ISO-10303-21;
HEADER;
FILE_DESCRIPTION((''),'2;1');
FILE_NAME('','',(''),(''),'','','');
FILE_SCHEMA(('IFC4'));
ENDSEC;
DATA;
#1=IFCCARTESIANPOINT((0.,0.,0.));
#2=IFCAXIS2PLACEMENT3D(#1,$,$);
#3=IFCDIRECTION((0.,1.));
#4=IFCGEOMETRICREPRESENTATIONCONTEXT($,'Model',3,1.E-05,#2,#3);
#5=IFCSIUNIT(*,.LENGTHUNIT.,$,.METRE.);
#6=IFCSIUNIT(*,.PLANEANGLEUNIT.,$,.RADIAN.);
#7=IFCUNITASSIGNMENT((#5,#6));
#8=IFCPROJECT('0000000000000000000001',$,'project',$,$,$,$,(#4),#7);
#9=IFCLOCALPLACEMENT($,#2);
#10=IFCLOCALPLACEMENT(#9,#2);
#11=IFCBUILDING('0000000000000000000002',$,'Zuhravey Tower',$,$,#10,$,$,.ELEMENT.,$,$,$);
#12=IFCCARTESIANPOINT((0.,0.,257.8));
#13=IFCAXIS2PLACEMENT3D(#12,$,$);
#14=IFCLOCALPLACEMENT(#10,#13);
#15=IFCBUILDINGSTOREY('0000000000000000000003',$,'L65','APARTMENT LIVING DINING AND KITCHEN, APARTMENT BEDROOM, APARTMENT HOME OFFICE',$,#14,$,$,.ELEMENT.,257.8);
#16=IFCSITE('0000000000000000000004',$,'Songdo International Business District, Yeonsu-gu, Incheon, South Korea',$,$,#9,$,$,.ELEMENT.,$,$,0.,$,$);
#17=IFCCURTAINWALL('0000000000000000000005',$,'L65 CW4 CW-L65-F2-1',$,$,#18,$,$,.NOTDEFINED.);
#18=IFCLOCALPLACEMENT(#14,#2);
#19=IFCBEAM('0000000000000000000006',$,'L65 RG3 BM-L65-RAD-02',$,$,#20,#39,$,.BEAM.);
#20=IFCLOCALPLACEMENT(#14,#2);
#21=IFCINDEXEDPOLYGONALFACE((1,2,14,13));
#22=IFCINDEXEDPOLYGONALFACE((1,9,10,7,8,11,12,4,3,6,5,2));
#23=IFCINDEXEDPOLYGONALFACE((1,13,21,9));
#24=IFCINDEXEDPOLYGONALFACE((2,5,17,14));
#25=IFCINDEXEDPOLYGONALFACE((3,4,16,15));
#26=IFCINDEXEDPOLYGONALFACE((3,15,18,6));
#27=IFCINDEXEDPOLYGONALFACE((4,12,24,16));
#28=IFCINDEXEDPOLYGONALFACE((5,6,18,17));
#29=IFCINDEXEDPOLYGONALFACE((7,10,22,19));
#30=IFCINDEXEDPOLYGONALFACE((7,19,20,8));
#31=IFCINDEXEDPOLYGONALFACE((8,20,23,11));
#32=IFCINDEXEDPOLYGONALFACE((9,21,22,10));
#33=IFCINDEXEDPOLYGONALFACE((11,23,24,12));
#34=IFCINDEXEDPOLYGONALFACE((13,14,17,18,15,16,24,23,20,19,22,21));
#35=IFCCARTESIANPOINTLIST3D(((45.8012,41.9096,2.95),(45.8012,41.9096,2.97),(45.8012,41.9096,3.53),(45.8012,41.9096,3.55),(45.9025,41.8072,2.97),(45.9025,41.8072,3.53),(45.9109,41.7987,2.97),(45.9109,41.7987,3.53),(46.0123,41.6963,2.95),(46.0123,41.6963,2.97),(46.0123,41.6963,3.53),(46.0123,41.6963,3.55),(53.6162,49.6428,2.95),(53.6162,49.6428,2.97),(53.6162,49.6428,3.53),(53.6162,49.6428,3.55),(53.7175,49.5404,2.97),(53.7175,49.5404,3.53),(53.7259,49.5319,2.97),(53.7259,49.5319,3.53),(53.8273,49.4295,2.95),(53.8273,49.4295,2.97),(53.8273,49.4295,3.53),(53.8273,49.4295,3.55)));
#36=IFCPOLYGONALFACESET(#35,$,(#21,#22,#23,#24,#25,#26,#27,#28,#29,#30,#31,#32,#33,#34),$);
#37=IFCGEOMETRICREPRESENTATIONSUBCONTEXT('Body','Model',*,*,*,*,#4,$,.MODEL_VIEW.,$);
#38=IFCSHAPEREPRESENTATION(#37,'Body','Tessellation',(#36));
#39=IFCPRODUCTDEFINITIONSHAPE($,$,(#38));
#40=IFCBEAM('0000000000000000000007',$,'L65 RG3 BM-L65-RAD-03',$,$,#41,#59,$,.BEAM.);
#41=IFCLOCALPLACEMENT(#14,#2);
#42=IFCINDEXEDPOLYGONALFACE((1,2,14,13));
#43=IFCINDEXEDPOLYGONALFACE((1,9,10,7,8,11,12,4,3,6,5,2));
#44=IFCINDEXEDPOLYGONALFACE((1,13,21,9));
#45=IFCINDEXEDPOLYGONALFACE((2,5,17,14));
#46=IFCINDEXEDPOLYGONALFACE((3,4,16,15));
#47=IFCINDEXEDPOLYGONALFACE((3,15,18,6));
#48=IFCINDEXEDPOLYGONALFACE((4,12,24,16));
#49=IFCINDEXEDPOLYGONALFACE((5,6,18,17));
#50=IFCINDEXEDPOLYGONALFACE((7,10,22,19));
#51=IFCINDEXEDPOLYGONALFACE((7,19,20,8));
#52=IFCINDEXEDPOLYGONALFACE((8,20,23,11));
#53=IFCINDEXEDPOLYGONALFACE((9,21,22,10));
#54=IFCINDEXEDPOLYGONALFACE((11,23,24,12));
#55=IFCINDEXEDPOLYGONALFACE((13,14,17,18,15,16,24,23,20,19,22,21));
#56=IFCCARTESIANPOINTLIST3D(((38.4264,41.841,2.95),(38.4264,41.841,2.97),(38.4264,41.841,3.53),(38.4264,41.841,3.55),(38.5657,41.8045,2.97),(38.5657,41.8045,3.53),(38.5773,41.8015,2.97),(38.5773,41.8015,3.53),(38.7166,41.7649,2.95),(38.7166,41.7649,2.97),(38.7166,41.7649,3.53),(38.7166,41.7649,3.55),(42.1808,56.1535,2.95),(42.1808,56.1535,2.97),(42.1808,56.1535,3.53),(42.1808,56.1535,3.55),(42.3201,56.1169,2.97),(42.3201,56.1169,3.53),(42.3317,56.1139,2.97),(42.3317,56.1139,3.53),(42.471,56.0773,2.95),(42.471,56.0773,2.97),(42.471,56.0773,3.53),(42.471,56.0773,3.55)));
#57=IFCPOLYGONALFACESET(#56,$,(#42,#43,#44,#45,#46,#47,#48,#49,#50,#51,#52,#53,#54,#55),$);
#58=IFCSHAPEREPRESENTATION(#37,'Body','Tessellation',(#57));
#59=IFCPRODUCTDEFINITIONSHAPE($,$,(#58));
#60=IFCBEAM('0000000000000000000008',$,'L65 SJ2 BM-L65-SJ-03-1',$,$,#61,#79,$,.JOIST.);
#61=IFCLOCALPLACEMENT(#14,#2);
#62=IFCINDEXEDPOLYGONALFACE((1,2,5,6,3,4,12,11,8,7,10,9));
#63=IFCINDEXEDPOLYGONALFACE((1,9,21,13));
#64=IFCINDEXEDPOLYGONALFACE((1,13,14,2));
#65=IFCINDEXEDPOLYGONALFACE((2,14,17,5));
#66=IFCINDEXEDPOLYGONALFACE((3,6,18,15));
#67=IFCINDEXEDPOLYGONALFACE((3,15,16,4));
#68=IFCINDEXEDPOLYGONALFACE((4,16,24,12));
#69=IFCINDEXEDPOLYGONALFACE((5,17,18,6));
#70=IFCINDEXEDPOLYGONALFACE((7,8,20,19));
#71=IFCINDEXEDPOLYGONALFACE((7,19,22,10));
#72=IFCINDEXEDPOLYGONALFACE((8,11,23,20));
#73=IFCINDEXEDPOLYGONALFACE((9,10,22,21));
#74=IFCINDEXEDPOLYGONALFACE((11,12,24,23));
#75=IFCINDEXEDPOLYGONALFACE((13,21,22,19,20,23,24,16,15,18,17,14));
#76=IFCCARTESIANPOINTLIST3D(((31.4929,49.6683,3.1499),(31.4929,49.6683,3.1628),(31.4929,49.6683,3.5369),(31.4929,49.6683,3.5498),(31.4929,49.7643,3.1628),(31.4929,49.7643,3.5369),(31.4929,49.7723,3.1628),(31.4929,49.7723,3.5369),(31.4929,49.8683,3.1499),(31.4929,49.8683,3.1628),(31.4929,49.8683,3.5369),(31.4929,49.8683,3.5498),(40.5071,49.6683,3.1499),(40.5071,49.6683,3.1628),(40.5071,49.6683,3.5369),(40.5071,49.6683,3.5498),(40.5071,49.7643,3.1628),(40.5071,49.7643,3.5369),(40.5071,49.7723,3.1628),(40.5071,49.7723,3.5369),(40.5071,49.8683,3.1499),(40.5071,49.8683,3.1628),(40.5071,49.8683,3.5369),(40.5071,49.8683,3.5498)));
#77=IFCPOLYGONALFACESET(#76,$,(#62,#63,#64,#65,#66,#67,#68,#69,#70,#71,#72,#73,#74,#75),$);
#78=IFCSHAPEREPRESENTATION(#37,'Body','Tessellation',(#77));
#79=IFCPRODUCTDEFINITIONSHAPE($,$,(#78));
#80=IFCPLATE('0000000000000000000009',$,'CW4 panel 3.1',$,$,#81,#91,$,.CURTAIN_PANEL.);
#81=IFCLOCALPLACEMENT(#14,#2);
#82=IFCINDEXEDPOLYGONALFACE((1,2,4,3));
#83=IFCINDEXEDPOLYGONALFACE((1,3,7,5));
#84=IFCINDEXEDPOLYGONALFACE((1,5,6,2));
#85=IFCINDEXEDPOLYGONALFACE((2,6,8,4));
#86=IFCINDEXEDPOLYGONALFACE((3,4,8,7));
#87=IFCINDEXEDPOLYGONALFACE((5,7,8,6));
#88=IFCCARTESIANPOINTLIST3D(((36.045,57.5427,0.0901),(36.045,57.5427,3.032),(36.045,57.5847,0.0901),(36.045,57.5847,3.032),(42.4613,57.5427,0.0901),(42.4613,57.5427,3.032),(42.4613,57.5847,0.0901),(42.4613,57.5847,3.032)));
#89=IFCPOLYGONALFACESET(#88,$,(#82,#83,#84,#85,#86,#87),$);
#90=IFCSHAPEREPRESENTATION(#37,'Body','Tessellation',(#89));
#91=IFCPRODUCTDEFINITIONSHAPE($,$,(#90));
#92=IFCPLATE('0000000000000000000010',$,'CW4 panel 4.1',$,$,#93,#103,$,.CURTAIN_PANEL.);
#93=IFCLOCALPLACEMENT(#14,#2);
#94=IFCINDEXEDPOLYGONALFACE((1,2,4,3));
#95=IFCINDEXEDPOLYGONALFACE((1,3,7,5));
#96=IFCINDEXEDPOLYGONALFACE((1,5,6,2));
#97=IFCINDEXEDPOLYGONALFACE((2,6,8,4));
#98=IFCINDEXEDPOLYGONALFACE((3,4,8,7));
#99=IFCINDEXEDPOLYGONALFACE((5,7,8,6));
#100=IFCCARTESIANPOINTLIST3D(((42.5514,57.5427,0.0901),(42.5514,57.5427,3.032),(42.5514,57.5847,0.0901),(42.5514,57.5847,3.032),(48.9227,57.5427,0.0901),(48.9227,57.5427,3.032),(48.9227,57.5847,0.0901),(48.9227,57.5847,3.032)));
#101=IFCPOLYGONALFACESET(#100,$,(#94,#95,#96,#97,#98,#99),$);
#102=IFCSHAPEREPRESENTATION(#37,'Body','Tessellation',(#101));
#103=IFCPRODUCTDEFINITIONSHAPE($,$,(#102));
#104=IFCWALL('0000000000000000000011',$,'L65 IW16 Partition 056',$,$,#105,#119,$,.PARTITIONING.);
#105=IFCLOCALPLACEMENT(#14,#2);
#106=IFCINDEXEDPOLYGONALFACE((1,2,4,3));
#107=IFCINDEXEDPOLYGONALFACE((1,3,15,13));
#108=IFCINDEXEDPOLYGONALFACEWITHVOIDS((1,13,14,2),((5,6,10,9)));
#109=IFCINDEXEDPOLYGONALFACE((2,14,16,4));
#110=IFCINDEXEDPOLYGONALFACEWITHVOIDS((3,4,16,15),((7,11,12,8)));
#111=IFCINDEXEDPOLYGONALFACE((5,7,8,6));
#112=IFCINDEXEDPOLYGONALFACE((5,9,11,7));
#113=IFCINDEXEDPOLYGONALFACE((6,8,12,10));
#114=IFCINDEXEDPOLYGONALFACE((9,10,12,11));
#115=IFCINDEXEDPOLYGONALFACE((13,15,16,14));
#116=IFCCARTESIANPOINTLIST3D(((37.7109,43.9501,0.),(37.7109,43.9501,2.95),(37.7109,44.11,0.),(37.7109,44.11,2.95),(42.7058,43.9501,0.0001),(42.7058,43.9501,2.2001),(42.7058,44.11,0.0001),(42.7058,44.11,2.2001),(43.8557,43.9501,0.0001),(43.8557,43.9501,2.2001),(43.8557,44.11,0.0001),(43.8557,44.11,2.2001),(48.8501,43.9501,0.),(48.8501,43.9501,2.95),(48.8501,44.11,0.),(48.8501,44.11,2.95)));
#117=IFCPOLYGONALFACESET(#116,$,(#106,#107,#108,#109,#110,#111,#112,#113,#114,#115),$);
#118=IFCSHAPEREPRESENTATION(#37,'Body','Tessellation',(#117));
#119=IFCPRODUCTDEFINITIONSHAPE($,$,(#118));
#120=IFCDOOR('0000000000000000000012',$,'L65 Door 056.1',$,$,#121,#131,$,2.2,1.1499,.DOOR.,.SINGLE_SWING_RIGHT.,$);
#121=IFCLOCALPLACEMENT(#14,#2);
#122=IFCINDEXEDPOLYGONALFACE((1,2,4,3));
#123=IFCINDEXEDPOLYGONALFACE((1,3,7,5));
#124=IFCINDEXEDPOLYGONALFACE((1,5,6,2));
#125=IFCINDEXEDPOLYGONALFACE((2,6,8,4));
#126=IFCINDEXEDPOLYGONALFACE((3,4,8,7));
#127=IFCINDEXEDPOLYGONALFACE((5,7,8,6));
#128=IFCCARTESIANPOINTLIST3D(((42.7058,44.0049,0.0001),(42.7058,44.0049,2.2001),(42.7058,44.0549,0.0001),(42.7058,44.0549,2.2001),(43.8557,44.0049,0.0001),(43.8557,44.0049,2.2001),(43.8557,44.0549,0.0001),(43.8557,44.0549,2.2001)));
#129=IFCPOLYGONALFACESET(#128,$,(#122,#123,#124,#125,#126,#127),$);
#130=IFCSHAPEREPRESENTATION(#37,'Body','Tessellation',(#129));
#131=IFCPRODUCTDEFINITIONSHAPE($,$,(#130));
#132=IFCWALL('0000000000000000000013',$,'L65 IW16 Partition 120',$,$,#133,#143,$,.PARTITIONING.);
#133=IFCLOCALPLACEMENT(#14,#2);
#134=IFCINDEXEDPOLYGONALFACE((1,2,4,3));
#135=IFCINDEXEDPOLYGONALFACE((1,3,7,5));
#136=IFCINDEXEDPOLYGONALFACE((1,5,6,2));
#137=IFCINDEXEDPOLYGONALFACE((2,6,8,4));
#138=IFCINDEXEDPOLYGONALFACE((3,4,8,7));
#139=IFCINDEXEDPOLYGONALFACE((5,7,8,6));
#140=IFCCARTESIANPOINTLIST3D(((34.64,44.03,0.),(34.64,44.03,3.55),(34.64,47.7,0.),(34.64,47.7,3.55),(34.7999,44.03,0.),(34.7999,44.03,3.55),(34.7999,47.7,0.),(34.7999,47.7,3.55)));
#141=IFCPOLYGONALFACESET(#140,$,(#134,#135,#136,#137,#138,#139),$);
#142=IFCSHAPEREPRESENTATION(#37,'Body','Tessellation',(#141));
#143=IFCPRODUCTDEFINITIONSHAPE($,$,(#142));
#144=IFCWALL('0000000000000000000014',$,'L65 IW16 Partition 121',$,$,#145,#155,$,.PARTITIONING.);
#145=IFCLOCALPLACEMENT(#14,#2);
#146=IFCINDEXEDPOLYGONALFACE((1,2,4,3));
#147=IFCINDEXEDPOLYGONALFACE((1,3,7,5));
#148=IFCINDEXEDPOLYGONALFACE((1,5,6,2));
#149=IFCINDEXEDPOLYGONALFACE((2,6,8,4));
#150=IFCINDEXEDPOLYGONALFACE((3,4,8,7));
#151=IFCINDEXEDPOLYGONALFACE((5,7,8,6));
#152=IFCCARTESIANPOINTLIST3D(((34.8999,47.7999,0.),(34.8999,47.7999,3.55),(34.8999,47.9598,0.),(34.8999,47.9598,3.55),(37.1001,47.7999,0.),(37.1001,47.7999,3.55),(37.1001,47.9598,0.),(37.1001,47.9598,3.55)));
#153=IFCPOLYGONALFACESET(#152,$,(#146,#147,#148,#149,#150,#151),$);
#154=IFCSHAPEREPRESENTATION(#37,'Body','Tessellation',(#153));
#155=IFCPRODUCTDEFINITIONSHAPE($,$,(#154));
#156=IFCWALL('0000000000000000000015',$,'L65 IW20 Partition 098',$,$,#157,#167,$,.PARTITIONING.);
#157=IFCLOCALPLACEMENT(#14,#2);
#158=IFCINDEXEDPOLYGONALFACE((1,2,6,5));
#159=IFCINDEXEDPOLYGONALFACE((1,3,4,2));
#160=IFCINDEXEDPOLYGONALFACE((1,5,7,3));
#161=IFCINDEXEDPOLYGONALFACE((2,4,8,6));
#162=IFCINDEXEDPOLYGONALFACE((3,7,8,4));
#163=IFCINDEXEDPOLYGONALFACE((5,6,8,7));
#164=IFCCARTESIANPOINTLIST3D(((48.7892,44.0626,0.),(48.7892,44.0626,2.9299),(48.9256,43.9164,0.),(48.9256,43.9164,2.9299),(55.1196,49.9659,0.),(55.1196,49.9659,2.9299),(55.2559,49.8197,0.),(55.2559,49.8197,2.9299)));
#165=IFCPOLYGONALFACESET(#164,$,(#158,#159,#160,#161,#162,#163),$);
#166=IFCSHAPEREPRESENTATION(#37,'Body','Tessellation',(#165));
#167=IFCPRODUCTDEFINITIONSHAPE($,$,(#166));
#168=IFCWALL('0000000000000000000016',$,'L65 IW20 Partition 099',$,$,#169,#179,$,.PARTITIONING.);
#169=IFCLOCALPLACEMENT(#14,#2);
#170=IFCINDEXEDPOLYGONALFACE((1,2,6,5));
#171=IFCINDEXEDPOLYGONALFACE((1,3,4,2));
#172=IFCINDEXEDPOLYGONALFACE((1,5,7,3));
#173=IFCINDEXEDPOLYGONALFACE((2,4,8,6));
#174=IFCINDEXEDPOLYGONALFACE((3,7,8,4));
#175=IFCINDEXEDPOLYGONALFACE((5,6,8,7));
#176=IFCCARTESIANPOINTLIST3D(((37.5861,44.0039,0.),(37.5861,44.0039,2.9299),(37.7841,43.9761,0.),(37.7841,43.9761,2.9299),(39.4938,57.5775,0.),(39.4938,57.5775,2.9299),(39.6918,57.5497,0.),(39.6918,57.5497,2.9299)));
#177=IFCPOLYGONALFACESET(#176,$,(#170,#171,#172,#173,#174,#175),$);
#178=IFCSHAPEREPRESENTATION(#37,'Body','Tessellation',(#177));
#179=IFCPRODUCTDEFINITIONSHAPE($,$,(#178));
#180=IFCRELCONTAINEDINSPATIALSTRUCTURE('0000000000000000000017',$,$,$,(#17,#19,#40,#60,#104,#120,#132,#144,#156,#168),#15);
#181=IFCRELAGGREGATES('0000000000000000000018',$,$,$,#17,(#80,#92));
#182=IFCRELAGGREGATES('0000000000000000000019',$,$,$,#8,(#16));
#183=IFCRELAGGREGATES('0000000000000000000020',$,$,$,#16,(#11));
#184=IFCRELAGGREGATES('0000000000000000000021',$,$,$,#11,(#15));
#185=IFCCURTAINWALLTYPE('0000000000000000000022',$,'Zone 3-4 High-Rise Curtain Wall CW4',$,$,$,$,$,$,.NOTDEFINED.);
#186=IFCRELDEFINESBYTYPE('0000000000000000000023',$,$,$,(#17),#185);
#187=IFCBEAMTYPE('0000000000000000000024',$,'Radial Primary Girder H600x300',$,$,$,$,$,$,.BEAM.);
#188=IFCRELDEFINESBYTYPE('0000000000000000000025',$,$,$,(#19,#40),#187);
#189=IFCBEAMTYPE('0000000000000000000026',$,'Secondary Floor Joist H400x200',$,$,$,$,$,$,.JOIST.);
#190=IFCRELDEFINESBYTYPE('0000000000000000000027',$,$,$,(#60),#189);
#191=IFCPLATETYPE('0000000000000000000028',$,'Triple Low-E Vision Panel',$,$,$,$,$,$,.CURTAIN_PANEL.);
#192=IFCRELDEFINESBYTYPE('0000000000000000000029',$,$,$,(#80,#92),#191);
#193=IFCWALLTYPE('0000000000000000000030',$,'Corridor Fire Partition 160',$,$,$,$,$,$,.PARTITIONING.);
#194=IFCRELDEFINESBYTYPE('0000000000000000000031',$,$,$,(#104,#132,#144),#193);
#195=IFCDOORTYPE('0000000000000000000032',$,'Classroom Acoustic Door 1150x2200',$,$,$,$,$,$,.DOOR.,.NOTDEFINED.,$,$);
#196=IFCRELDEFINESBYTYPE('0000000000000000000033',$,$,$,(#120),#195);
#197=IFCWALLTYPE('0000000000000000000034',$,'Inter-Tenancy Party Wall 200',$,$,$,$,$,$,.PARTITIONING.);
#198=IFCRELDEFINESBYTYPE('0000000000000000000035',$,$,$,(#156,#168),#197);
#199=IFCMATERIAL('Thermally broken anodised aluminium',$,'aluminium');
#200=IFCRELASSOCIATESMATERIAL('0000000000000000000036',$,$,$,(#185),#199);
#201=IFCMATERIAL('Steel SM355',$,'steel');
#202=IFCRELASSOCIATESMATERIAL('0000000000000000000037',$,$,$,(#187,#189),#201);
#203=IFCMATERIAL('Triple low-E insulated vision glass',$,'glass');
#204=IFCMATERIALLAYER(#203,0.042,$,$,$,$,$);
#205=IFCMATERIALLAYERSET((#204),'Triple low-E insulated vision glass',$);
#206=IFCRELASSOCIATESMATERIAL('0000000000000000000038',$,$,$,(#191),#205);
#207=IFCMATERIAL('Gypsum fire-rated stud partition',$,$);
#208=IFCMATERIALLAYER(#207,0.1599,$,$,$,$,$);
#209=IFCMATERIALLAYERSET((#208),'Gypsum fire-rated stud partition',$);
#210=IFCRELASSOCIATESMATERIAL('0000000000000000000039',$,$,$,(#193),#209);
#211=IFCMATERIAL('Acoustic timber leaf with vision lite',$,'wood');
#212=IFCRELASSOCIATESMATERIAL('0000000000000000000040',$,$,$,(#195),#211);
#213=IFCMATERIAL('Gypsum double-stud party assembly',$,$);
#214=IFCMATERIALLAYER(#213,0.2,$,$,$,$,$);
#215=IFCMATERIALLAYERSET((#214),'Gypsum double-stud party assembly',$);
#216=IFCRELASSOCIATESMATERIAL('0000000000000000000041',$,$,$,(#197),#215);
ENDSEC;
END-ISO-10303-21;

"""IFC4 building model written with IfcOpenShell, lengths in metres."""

from ifc_helpers import new_model, si_unit, direction, frame, frame_2d, origin, origin_2d, place, context, subcontext, project, spatial, rectangle, i_section, extrude, material, layer, layer_set, material_profile, profile_set, type_object, element, fill, aggregate, save


model = new_model("IFC4")

# Units and contexts
model_context = context("Model", 3, precision=1e-05, world=origin(), true_north=direction((0.0, 1.0)))
body_context = subcontext(model_context, "Body", "Model", "MODEL_VIEW")
ifc_project = project(units=[si_unit("LENGTHUNIT", "METRE"), si_unit("PLANEANGLEUNIT", "RADIAN")], contexts=[model_context])

# Site, building, storey
site_placement = place(None, origin())
site = spatial("IfcSite", under=ifc_project, at=site_placement, Name="Songdo International Business District, Yeonsu-gu, Incheon, South Korea", CompositionType="ELEMENT", RefElevation=0.0)
building_placement = place(site_placement, origin())
building = spatial("IfcBuilding", under=site, at=building_placement, Name="Zuhravey Tower", CompositionType="ELEMENT")
storey_placement = place(building_placement, frame((0.0, 0.0, 257.8)))
storey = spatial("IfcBuildingStorey", under=building, at=storey_placement, Name="L65", Description="APARTMENT LIVING DINING AND KITCHEN, APARTMENT BEDROOM, APARTMENT HOME OFFICE", CompositionType="ELEMENT", Elevation=257.8)

# Curtain wall
ifc_material_1 = material(Name="Thermally broken anodised aluminium", Category="aluminium")
curtain_wall_type = type_object("IfcCurtainWallType", Name="Zone 3-4 High-Rise Curtain Wall CW4", PredefinedType="NOTDEFINED", material=ifc_material_1)
curtain_wall_placement = place(storey_placement, origin())
curtain_wall = element("IfcCurtainWall", 1, at=curtain_wall_placement, inside=storey, type_object=curtain_wall_type, Name="L65 CW4 CW-L65-F2-1", PredefinedType="NOTDEFINED")

# Beams
ifc_material_2 = material(Name="Steel SM355", Category="steel")
ifc_material_profile_1 = material_profile(ifc_material_2, i_section(OverallWidth=0.3, OverallDepth=0.6001, WebThickness=0.012, FlangeThickness=0.02, at=origin_2d()), Name="H-600x300x12x20")
ifc_profile_set_1 = profile_set([ifc_material_profile_1], Name="Steel SM355")
beam_type_1 = type_object("IfcBeamType", Name="Radial Primary Girder H600x300", PredefinedType="BEAM", material=ifc_profile_set_1)
beam_1_placement = place(storey_placement, frame((45.9067, 41.803, 3.25), z_axis=(0.710817, 0.703377, 0.0), x_axis=(-0.703377, 0.710817, 0.0)))
element("IfcBeam", 2, at=beam_1_placement, inside=storey, type_object=beam_type_1, Name="L65 RG3 BM-L65-RAD-02", PredefinedType="BEAM", context=body_context, shape_type="SweptSolid", body=[
    extrude(i_section(OverallWidth=0.3, OverallDepth=0.6001, WebThickness=0.012, FlangeThickness=0.02, at=origin_2d()), origin(), (0.0, 0.0, 1.0), 10.9944),
])
beam_2_placement = place(storey_placement, frame((38.5715, 41.803, 3.25), z_axis=(0.253731, 0.967275, 0.0), x_axis=(-0.967275, 0.253731, 0.0)))
element("IfcBeam", 3, at=beam_2_placement, inside=storey, type_object=beam_type_1, Name="L65 RG3 BM-L65-RAD-03", PredefinedType="BEAM", context=body_context, shape_type="SweptSolid", body=[
    extrude(i_section(OverallWidth=0.3, OverallDepth=0.6001, WebThickness=0.012, FlangeThickness=0.02, at=origin_2d()), origin(), (0.0, 0.0, 1.0), 14.7966),
])
ifc_material_profile_2 = material_profile(ifc_material_2, i_section(OverallWidth=0.2, OverallDepth=0.3999, WebThickness=0.0081, FlangeThickness=0.0129, at=origin_2d()), Name="H-400x200x8x13")
ifc_profile_set_2 = profile_set([ifc_material_profile_2], Name="Steel SM355")
beam_type_2 = type_object("IfcBeamType", Name="Secondary Floor Joist H400x200", PredefinedType="JOIST", material=ifc_profile_set_2)
beam_3_placement = place(storey_placement, frame((40.5071, 49.7683, 3.3499), z_axis=(-1.0, 0.0, 0.0), x_axis=(0.0, -1.0, 0.0)))
element("IfcBeam", 4, at=beam_3_placement, inside=storey, type_object=beam_type_2, Name="L65 SJ2 BM-L65-SJ-03-1", PredefinedType="JOIST", context=body_context, shape_type="SweptSolid", body=[
    extrude(i_section(OverallWidth=0.2, OverallDepth=0.3999, WebThickness=0.0081, FlangeThickness=0.0129, at=origin_2d()), origin(), (0.0, 0.0, 1.0), 9.0142),
])

# Plates
ifc_material_3 = material(Name="Triple low-E insulated vision glass", Category="glass")
ifc_layer_1 = layer(ifc_material_3, 0.042)
ifc_layer_set_1 = layer_set([ifc_layer_1], Name="Triple low-E insulated vision glass")
plate_type = type_object("IfcPlateType", Name="Triple Low-E Vision Panel", PredefinedType="CURTAIN_PANEL", material=ifc_layer_set_1)
plate_1_placement = place(storey_placement, frame((39.2532, 57.5637, 0.0901), z_axis=(0.0, 0.0, 1.0), x_axis=(1.0, 0.0, 0.0)))
plate_1 = element("IfcPlate", 5, at=plate_1_placement, type_object=plate_type, Name="CW4 panel 3.1", PredefinedType="CURTAIN_PANEL", context=body_context, shape_type="SweptSolid", body=[
    extrude(rectangle(XDim=6.4163, YDim=0.042, at=origin_2d()), origin(), (0.0, 0.0, 1.0), 2.9419),
])
plate_2_placement = place(storey_placement, frame((45.7371, 57.5637, 0.0901), z_axis=(0.0, 0.0, 1.0), x_axis=(1.0, 0.0, 0.0)))
plate_2 = element("IfcPlate", 6, at=plate_2_placement, type_object=plate_type, Name="CW4 panel 4.1", PredefinedType="CURTAIN_PANEL", context=body_context, shape_type="SweptSolid", body=[
    extrude(rectangle(XDim=6.3713, YDim=0.042, at=origin_2d()), origin(), (0.0, 0.0, 1.0), 2.9419),
])
aggregate(curtain_wall, [plate_1, plate_2])

# Wall, opening, door
ifc_material_4 = material(Name="Gypsum fire-rated stud partition")
ifc_layer_2 = layer(ifc_material_4, 0.1599)
ifc_layer_set_2 = layer_set([ifc_layer_2], Name="Gypsum fire-rated stud partition")
wall_type_1 = type_object("IfcWallType", Name="Corridor Fire Partition 160", PredefinedType="PARTITIONING", material=ifc_layer_set_2)
wall_1_placement = place(storey_placement, frame((48.8501, 44.03, 0.0), z_axis=(0.0, 0.0, 1.0), x_axis=(-1.0, 0.0, 0.0)))
wall_1 = element("IfcWall", 7, at=wall_1_placement, inside=storey, type_object=wall_type_1, Name="L65 IW16 Partition 056", PredefinedType="PARTITIONING", context=body_context, shape_type="SweptSolid", body=[
    extrude(rectangle(XDim=11.1392, YDim=0.1599, at=frame_2d((5.5696, 0.0))), origin(), (0.0, 0.0, 1.0), 2.95),
])
opening_1_placement = place(wall_1_placement, frame((4.9944, 0.0, 0.0)))
opening_1 = element("IfcOpeningElement", 8, at=opening_1_placement, cuts=wall_1, PredefinedType="OPENING", context=body_context, shape_type="SweptSolid", body=[
    extrude(rectangle(XDim=1.1499, YDim=2.2, at=frame_2d((0.575, 1.1001))), frame((0.0, 0.092, 0.0), z_axis=(0.0, -1.0, 0.0), x_axis=(1.0, 0.0, 0.0)), (0.0, 0.0, 1.0), 0.1838),
])
ifc_material_5 = material(Name="Acoustic timber leaf with vision lite", Category="wood")
door_type_1 = type_object("IfcDoorType", Name="Classroom Acoustic Door 1150x2200", OperationType="NOTDEFINED", PredefinedType="DOOR", material=ifc_material_5)
door_1_placement = place(opening_1_placement, frame((1.1499, 0.0, 0.0), z_axis=(0.0, 0.0, 1.0), x_axis=(-1.0, 0.0, 0.0)))
door_1 = element("IfcDoor", 9, at=door_1_placement, inside=storey, type_object=door_type_1, Name="L65 Door 056.1", OperationType="SINGLE_SWING_RIGHT", OverallHeight=2.2, OverallWidth=1.1499, PredefinedType="DOOR", context=body_context, shape_type="SweptSolid", body=[
    extrude(rectangle(XDim=1.1499, YDim=2.2, at=frame_2d((0.575, 1.1001))), frame((0.0, 0.0249, 0.0), z_axis=(0.0, -1.0, 0.0), x_axis=(1.0, 0.0, 0.0)), (0.0, 0.0, 1.0), 0.05),
])
fill(opening_1, door_1)

# Walls
wall_2_placement = place(storey_placement, frame((34.72, 47.7, 0.0), z_axis=(0.0, 0.0, 1.0), x_axis=(0.0, -1.0, 0.0)))
element("IfcWall", 10, at=wall_2_placement, inside=storey, type_object=wall_type_1, Name="L65 IW16 Partition 120", PredefinedType="PARTITIONING", context=body_context, shape_type="SweptSolid", body=[
    extrude(rectangle(XDim=3.6699, YDim=0.1599, at=frame_2d((1.835, 0.0))), origin(), (0.0, 0.0, 1.0), 3.55),
])
wall_3_placement = place(storey_placement, frame((37.1001, 47.8799, 0.0), z_axis=(0.0, 0.0, 1.0), x_axis=(-1.0, 0.0, 0.0)))
element("IfcWall", 11, at=wall_3_placement, inside=storey, type_object=wall_type_1, Name="L65 IW16 Partition 121", PredefinedType="PARTITIONING", context=body_context, shape_type="SweptSolid", body=[
    extrude(rectangle(XDim=2.2002, YDim=0.1599, at=frame_2d((1.1001, 0.0))), origin(), (0.0, 0.0, 1.0), 3.55),
])
ifc_material_6 = material(Name="Gypsum double-stud party assembly")
ifc_layer_3 = layer(ifc_material_6, 0.2)
ifc_layer_set_3 = layer_set([ifc_layer_3], Name="Gypsum double-stud party assembly")
wall_type_2 = type_object("IfcWallType", Name="Inter-Tenancy Party Wall 200", PredefinedType="PARTITIONING", material=ifc_layer_set_3)
wall_4_placement = place(storey_placement, frame((48.8574, 43.9895, 0.0), z_axis=(0.0, 0.0, 1.0), x_axis=(0.731342, 0.682011, 0.0)))
element("IfcWall", 12, at=wall_4_placement, inside=storey, type_object=wall_type_2, Name="L65 IW20 Partition 098", PredefinedType="PARTITIONING", context=body_context, shape_type="SweptSolid", body=[
    extrude(rectangle(XDim=8.6558, YDim=0.2, at=frame_2d((4.3279, 0.0))), origin(), (0.0, 0.0, 1.0), 2.9299),
])
wall_5_placement = place(storey_placement, frame((37.6851, 43.99, 0.0), z_axis=(0.0, 0.0, 1.0), x_axis=(0.139177, 0.990268, 0.0)))
element("IfcWall", 13, at=wall_5_placement, inside=storey, type_object=wall_type_2, Name="L65 IW20 Partition 099", PredefinedType="PARTITIONING", context=body_context, shape_type="SweptSolid", body=[
    extrude(rectangle(XDim=13.707, YDim=0.2, at=frame_2d((6.8535, 0.0))), origin(), (0.0, 0.0, 1.0), 2.9299),
])

save(model, "model.ifc")
